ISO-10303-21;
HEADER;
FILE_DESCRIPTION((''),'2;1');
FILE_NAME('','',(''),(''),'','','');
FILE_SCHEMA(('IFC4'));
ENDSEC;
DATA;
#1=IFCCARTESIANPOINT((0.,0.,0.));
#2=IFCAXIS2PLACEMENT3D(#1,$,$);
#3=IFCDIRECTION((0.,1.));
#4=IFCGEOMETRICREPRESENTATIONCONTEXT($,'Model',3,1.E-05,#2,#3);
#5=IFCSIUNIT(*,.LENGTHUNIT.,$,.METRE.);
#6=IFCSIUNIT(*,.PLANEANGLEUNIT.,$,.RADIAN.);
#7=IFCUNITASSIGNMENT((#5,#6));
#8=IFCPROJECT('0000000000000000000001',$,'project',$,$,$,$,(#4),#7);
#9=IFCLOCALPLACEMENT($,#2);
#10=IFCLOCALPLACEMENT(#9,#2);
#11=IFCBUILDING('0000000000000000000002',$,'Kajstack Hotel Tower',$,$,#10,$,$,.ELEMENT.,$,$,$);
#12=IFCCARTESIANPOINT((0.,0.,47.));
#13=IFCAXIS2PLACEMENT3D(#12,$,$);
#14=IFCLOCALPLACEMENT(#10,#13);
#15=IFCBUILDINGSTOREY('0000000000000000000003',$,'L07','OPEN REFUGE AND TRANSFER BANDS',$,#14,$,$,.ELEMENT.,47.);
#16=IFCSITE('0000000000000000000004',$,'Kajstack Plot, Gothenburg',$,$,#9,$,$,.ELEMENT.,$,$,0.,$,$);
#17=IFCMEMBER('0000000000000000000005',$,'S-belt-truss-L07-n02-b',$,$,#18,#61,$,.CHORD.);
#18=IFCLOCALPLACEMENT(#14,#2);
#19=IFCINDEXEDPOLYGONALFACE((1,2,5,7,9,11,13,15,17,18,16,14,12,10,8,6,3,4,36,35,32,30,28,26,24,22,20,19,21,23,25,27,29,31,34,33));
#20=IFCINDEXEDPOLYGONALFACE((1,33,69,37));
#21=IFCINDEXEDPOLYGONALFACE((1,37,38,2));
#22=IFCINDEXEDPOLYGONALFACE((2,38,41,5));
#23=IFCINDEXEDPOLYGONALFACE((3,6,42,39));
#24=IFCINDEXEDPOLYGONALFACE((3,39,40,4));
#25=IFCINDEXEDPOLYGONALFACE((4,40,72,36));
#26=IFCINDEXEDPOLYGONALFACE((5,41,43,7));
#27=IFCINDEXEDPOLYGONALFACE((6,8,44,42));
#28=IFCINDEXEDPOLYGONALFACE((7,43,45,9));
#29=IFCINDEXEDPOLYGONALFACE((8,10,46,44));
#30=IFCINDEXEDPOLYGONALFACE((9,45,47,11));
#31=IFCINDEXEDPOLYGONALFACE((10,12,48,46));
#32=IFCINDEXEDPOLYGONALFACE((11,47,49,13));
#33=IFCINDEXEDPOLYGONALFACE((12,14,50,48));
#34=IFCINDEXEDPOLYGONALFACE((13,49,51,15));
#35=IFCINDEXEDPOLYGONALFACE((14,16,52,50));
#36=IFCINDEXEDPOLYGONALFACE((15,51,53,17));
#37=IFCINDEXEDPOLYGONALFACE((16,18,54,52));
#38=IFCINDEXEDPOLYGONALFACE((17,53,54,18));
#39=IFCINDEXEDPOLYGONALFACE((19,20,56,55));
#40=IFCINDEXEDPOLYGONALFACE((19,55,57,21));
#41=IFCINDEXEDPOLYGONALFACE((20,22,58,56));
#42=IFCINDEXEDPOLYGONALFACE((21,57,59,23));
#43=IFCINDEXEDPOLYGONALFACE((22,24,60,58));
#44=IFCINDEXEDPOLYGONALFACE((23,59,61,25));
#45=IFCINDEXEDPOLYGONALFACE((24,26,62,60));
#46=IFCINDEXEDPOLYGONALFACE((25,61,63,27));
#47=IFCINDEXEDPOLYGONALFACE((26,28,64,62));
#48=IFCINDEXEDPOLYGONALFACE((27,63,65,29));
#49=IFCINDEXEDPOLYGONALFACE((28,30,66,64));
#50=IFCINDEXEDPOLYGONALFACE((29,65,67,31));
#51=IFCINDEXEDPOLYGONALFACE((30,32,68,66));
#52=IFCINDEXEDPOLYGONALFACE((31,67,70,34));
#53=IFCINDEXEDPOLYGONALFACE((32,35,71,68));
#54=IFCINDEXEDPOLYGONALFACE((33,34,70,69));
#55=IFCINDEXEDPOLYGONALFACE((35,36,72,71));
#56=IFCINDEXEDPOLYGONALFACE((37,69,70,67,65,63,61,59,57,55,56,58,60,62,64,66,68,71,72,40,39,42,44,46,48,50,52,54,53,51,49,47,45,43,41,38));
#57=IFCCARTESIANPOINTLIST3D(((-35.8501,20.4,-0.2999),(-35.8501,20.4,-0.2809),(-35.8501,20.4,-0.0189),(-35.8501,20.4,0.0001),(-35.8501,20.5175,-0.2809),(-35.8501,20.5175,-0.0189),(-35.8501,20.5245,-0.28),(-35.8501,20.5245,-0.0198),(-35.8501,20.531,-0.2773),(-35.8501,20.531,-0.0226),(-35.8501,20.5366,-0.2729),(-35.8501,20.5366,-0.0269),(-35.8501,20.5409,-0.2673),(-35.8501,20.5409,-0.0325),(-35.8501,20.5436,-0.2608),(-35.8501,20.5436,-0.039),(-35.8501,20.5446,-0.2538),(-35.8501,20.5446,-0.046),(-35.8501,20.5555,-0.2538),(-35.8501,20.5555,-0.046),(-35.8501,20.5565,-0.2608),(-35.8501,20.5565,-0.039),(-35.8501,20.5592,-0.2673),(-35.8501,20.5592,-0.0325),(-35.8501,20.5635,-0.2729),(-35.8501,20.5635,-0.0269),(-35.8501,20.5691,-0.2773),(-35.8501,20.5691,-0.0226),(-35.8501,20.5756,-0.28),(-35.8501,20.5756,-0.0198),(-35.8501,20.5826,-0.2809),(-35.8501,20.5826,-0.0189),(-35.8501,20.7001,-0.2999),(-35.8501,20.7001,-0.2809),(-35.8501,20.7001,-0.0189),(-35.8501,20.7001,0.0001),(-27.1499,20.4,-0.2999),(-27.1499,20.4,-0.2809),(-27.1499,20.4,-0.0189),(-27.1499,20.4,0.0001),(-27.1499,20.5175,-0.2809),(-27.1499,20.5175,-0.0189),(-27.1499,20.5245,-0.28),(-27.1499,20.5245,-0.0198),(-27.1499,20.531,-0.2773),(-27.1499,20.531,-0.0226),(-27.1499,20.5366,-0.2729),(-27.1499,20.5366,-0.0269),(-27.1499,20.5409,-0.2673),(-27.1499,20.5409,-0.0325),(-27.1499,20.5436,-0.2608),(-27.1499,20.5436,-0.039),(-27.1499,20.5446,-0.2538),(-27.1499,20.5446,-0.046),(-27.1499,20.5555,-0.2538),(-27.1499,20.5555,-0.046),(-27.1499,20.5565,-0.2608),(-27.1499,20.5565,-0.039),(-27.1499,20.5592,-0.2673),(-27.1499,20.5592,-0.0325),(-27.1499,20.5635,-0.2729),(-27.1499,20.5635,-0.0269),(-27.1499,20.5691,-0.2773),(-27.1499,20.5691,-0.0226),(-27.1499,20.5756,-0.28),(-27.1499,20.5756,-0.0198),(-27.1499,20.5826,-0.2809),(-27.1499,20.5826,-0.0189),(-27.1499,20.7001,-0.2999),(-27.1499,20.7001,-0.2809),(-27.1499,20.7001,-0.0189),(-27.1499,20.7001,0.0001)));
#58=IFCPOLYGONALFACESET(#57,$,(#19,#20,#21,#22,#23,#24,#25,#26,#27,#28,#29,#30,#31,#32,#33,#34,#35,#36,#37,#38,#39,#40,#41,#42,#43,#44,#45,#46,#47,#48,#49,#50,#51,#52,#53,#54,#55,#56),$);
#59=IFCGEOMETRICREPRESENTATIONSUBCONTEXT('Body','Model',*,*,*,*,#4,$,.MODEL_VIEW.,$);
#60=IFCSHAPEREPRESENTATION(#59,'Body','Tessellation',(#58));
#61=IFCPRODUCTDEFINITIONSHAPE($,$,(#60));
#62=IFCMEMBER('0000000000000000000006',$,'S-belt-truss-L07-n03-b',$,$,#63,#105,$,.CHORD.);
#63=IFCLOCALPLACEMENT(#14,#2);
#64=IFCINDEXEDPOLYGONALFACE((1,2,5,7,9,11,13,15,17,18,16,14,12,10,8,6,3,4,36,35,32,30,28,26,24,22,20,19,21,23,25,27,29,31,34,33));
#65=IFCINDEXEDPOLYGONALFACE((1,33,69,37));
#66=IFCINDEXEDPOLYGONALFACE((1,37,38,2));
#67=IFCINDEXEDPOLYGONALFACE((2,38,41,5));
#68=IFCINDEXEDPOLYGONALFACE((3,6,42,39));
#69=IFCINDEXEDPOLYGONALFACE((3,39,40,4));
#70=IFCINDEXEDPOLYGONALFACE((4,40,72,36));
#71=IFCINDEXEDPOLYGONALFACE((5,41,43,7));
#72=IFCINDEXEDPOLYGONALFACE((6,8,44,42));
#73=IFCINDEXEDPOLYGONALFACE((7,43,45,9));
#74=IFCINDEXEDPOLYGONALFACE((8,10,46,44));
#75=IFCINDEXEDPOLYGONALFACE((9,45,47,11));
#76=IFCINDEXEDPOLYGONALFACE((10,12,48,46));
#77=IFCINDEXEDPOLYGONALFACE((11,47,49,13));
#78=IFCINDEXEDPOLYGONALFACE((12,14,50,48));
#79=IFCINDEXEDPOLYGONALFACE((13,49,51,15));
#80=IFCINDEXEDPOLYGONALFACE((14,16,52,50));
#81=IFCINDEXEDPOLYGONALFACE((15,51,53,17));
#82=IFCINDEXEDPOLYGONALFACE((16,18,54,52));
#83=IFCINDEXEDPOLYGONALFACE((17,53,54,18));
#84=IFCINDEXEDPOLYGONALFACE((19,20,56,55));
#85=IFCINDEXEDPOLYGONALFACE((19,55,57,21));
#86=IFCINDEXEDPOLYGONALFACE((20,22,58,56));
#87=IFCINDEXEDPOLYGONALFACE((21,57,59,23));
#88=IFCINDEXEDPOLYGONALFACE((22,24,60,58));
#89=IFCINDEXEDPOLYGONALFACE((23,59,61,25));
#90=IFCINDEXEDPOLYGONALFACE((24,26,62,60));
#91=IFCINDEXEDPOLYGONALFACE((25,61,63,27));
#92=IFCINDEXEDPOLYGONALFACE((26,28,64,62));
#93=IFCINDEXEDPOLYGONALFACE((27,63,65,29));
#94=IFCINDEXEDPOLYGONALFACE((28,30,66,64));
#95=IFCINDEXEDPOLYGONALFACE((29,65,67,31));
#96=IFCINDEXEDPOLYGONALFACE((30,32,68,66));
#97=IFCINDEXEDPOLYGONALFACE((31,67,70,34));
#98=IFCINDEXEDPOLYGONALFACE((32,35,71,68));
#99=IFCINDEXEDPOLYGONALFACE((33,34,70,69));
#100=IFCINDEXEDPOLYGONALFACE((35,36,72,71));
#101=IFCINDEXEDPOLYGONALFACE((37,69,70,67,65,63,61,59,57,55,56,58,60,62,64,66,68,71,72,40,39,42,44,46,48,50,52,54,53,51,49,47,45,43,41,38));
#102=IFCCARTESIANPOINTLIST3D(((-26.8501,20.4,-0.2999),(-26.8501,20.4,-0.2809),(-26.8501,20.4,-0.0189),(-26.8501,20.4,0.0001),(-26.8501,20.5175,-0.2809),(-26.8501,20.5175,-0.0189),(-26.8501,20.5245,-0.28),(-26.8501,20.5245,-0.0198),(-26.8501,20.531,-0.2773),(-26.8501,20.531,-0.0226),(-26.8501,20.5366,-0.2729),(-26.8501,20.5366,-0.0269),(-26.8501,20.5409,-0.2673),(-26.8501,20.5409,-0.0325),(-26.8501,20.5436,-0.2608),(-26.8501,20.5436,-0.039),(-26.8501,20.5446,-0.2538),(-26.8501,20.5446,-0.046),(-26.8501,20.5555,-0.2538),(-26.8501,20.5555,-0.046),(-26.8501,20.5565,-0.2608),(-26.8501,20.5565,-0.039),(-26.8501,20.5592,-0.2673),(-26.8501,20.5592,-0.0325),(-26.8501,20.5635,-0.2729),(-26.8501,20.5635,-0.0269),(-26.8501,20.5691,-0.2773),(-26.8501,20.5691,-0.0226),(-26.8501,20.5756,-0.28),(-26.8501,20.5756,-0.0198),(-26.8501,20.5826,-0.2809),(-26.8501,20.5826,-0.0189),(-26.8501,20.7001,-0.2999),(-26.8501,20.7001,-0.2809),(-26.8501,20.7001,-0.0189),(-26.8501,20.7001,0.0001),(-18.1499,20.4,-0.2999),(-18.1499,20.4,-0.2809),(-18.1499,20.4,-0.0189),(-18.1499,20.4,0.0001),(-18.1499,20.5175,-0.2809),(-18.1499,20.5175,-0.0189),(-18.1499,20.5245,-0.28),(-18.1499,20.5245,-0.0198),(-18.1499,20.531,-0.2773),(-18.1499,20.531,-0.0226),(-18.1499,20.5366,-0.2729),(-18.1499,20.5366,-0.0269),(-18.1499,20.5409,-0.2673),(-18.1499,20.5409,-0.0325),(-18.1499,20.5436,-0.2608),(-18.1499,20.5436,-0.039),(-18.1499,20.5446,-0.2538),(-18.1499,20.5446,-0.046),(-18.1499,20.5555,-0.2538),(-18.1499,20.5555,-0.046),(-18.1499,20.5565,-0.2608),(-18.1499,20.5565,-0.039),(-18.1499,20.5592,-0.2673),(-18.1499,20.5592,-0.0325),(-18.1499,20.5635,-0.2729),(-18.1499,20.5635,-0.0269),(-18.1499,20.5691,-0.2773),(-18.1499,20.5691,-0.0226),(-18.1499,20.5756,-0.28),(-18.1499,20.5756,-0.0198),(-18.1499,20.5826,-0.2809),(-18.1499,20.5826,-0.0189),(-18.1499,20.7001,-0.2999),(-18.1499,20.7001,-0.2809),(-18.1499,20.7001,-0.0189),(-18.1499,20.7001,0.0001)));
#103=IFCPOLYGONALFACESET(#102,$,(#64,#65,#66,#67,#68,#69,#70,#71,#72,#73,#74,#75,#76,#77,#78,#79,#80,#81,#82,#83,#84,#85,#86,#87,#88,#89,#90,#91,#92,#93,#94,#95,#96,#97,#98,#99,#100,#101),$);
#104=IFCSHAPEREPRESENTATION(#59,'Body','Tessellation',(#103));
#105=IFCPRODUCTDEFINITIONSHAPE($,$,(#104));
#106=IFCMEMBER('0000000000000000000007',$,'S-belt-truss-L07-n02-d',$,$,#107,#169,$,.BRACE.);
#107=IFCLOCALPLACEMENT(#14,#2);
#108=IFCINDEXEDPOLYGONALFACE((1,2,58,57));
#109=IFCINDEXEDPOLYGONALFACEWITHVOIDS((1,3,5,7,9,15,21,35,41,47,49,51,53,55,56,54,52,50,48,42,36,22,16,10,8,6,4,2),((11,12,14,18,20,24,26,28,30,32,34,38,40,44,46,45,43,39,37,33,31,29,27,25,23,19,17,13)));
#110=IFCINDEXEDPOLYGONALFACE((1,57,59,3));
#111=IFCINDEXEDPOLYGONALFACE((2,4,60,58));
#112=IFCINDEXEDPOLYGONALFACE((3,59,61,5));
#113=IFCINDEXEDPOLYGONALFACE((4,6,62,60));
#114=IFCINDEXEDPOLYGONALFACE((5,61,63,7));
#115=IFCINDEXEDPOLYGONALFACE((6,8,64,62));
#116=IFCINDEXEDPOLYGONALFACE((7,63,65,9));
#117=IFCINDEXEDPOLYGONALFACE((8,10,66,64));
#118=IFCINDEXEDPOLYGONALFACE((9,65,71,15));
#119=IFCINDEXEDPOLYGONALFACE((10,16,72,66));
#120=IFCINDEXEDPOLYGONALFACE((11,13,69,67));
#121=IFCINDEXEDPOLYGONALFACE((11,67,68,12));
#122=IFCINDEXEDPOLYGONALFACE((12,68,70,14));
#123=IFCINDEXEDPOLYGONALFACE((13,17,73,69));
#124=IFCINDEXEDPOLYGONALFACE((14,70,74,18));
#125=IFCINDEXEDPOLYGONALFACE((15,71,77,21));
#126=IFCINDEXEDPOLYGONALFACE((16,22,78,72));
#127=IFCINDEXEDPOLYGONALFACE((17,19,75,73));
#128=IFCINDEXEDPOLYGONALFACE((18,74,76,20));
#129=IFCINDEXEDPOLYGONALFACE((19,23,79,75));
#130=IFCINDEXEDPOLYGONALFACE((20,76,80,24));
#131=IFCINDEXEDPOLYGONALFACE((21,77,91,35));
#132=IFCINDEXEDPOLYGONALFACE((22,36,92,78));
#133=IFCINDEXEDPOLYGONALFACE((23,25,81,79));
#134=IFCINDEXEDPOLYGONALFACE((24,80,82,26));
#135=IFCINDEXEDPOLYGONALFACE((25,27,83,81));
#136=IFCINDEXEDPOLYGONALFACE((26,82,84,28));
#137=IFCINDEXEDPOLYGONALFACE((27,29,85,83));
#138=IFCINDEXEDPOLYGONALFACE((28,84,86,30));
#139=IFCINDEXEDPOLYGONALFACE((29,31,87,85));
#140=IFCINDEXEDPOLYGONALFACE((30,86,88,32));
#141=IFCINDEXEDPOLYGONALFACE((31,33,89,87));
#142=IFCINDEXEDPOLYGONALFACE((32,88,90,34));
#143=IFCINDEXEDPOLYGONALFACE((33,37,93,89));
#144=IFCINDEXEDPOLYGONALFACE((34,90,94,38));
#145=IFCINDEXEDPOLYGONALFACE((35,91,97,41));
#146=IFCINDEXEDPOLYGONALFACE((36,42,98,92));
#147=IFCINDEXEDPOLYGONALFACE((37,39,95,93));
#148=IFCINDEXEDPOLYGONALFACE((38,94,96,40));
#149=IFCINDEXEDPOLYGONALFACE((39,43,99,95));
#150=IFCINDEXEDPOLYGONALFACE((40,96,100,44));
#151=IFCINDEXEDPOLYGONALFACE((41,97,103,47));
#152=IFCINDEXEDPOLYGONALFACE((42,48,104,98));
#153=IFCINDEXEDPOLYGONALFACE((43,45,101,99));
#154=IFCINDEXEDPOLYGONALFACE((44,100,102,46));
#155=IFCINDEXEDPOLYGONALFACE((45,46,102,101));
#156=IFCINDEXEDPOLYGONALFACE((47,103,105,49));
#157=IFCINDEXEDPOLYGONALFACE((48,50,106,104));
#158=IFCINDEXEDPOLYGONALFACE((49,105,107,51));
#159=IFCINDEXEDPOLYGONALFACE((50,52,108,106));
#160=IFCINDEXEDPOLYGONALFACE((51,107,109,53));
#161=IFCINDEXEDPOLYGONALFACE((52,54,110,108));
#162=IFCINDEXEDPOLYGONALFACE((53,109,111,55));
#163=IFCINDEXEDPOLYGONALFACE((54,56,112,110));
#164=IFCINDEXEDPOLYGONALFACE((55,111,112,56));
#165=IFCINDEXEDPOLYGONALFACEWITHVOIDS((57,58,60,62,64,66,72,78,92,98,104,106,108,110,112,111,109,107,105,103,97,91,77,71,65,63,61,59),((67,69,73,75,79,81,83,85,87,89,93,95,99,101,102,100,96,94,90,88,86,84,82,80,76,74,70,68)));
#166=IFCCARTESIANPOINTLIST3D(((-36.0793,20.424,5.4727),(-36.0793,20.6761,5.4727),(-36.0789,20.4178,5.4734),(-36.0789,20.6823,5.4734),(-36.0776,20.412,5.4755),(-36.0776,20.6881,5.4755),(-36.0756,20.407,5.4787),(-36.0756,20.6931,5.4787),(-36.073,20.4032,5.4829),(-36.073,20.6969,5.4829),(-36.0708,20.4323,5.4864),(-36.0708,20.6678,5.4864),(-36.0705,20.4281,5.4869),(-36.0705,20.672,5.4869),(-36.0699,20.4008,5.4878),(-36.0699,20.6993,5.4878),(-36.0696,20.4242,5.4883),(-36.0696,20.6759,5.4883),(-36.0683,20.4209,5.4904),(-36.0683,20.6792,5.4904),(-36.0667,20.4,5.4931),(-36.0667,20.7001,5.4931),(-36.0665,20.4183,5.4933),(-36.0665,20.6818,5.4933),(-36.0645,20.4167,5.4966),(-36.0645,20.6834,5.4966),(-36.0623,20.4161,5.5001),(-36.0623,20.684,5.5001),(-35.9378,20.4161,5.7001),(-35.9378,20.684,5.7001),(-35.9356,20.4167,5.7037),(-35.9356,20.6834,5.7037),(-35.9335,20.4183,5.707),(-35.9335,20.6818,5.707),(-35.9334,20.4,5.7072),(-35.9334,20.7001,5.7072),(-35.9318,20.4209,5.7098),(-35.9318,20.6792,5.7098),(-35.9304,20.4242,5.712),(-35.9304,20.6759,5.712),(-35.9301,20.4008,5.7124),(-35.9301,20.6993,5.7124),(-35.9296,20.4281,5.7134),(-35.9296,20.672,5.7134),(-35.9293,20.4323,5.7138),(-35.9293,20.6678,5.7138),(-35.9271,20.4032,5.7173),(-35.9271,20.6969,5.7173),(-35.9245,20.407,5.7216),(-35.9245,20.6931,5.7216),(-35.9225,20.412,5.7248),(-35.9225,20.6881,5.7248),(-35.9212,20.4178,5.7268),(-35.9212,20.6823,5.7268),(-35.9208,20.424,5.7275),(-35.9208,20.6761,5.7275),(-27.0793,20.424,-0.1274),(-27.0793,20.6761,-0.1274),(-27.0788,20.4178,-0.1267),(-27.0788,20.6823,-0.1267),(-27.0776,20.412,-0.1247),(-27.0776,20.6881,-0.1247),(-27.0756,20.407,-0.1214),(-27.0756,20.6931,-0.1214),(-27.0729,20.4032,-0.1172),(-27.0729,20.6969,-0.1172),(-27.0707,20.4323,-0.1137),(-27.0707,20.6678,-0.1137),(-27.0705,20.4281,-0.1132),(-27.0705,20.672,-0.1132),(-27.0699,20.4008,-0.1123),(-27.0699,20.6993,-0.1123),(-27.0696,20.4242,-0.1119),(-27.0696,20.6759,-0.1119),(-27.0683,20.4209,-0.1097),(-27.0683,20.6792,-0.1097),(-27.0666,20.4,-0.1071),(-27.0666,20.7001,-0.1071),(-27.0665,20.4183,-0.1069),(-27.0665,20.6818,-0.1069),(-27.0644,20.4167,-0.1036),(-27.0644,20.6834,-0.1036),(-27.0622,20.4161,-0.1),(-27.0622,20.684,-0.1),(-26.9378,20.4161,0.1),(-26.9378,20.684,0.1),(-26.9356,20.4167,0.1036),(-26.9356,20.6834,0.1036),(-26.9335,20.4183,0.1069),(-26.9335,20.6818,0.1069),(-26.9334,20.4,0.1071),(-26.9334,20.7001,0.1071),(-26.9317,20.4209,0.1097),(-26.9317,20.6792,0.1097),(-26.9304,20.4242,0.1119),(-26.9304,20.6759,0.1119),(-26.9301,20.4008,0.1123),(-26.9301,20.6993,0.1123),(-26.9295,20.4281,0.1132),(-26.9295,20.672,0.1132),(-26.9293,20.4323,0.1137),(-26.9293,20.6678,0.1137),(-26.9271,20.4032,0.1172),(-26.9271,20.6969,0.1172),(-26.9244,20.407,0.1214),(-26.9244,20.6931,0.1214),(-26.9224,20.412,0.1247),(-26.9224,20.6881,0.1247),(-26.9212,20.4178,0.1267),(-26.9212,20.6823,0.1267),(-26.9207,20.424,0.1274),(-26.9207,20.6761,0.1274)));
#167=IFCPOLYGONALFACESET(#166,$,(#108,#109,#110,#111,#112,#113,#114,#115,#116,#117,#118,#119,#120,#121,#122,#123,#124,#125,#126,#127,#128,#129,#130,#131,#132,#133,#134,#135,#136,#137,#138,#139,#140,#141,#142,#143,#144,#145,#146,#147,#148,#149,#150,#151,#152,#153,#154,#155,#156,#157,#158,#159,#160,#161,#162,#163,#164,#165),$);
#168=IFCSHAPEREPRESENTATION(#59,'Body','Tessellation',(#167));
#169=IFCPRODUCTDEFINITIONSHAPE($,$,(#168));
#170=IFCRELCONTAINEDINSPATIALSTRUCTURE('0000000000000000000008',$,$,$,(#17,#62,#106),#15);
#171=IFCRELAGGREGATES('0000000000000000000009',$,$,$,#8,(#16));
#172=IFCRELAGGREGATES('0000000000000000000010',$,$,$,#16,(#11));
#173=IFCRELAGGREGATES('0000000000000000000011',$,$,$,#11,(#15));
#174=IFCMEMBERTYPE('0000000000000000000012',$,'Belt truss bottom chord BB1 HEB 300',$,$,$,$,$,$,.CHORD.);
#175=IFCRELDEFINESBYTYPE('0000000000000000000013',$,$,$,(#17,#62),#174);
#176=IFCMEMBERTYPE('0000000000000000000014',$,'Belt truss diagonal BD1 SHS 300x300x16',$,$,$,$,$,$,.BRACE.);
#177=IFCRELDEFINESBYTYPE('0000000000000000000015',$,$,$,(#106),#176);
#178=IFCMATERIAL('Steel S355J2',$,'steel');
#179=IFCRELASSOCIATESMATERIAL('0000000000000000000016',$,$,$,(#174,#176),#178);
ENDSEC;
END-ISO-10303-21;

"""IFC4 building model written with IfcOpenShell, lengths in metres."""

from ifc_helpers import new_model, si_unit, direction, frame, origin, origin_2d, place, context, subcontext, project, spatial, hollow_rectangle, i_section, extrude, material, material_profile, profile_set, type_object, element, save


model = new_model("IFC4")

# Units and contexts
model_context = context("Model", 3, precision=1e-05, world=origin(), true_north=direction((0.0, 1.0)))
body_context = subcontext(model_context, "Body", "Model", "MODEL_VIEW")
ifc_project = project(units=[si_unit("LENGTHUNIT", "METRE"), si_unit("PLANEANGLEUNIT", "RADIAN")], contexts=[model_context])

# Site, building, storey
site_placement = place(None, origin())
site = spatial("IfcSite", under=ifc_project, at=site_placement, Name="Kajstack Plot, Gothenburg", CompositionType="ELEMENT", RefElevation=0.0)
building_placement = place(site_placement, origin())
building = spatial("IfcBuilding", under=site, at=building_placement, Name="Kajstack Hotel Tower", CompositionType="ELEMENT")
storey_placement = place(building_placement, frame((0.0, 0.0, 47.0)))
storey = spatial("IfcBuildingStorey", under=building, at=storey_placement, Name="L07", Description="OPEN REFUGE AND TRANSFER BANDS", CompositionType="ELEMENT", Elevation=47.0)

# Members
ifc_material = material(Name="Steel S355J2", Category="steel")
ifc_material_profile_1 = material_profile(ifc_material, i_section(OverallWidth=0.3, OverallDepth=0.3, WebThickness=0.011, FlangeThickness=0.019, FilletRadius=0.0271, at=origin_2d()), Name="HEB 300")
ifc_profile_set_1 = profile_set([ifc_material_profile_1], Name="Steel S355J2")
member_type_1 = type_object("IfcMemberType", Name="Belt truss bottom chord BB1 HEB 300", PredefinedType="CHORD", material=ifc_profile_set_1)
for number, where, z_axis, x_axis, name in (
    (1, (-35.8501, 20.55, -0.1499), (1.0, 0.0, 0.0), (0.0, 1.0, 0.0), "S-belt-truss-L07-n02-b"),
    (2, (-26.8501, 20.55, -0.1499), (1.0, 0.0, 0.0), (0.0, 1.0, 0.0), "S-belt-truss-L07-n03-b"),
):
    element("IfcMember", number, at=place(storey_placement, frame(where, z_axis=z_axis, x_axis=x_axis)), inside=storey, type_object=member_type_1, Name=name, PredefinedType="CHORD", context=body_context, shape_type="SweptSolid", body=[
        extrude(i_section(OverallWidth=0.3, OverallDepth=0.3, WebThickness=0.011, FlangeThickness=0.019, FilletRadius=0.0271, at=origin_2d()), origin(), (0.0, 0.0, 1.0), 8.7002),
    ])
ifc_material_profile_2 = material_profile(ifc_material, hollow_rectangle(XDim=0.3, YDim=0.3, WallThickness=0.0161, InnerFilletRadius=0.0161, OuterFilletRadius=0.0239, at=origin_2d()), Name="SHS 300x300x16")
ifc_profile_set_2 = profile_set([ifc_material_profile_2], Name="Steel S355J2")
member_type_2 = type_object("IfcMemberType", Name="Belt truss diagonal BD1 SHS 300x300x16", PredefinedType="BRACE", material=ifc_profile_set_2)
for number, where, z_axis, x_axis, name in (
    (3, (-27.0, 20.55, 0.0), (-0.849052, 0.0, 0.528309), (0.0, -1.0, 0.0), "S-belt-truss-L07-n02-d"),
):
    element("IfcMember", number, at=place(storey_placement, frame(where, z_axis=z_axis, x_axis=x_axis)), inside=storey, type_object=member_type_2, Name=name, PredefinedType="BRACE", context=body_context, shape_type="SweptSolid", body=[
        extrude(hollow_rectangle(XDim=0.3, YDim=0.3, WallThickness=0.0161, InnerFilletRadius=0.0161, OuterFilletRadius=0.0239, at=origin_2d()), origin(), (0.0, 0.0, 1.0), 10.6001),
    ])

save(model, "model.ifc")
